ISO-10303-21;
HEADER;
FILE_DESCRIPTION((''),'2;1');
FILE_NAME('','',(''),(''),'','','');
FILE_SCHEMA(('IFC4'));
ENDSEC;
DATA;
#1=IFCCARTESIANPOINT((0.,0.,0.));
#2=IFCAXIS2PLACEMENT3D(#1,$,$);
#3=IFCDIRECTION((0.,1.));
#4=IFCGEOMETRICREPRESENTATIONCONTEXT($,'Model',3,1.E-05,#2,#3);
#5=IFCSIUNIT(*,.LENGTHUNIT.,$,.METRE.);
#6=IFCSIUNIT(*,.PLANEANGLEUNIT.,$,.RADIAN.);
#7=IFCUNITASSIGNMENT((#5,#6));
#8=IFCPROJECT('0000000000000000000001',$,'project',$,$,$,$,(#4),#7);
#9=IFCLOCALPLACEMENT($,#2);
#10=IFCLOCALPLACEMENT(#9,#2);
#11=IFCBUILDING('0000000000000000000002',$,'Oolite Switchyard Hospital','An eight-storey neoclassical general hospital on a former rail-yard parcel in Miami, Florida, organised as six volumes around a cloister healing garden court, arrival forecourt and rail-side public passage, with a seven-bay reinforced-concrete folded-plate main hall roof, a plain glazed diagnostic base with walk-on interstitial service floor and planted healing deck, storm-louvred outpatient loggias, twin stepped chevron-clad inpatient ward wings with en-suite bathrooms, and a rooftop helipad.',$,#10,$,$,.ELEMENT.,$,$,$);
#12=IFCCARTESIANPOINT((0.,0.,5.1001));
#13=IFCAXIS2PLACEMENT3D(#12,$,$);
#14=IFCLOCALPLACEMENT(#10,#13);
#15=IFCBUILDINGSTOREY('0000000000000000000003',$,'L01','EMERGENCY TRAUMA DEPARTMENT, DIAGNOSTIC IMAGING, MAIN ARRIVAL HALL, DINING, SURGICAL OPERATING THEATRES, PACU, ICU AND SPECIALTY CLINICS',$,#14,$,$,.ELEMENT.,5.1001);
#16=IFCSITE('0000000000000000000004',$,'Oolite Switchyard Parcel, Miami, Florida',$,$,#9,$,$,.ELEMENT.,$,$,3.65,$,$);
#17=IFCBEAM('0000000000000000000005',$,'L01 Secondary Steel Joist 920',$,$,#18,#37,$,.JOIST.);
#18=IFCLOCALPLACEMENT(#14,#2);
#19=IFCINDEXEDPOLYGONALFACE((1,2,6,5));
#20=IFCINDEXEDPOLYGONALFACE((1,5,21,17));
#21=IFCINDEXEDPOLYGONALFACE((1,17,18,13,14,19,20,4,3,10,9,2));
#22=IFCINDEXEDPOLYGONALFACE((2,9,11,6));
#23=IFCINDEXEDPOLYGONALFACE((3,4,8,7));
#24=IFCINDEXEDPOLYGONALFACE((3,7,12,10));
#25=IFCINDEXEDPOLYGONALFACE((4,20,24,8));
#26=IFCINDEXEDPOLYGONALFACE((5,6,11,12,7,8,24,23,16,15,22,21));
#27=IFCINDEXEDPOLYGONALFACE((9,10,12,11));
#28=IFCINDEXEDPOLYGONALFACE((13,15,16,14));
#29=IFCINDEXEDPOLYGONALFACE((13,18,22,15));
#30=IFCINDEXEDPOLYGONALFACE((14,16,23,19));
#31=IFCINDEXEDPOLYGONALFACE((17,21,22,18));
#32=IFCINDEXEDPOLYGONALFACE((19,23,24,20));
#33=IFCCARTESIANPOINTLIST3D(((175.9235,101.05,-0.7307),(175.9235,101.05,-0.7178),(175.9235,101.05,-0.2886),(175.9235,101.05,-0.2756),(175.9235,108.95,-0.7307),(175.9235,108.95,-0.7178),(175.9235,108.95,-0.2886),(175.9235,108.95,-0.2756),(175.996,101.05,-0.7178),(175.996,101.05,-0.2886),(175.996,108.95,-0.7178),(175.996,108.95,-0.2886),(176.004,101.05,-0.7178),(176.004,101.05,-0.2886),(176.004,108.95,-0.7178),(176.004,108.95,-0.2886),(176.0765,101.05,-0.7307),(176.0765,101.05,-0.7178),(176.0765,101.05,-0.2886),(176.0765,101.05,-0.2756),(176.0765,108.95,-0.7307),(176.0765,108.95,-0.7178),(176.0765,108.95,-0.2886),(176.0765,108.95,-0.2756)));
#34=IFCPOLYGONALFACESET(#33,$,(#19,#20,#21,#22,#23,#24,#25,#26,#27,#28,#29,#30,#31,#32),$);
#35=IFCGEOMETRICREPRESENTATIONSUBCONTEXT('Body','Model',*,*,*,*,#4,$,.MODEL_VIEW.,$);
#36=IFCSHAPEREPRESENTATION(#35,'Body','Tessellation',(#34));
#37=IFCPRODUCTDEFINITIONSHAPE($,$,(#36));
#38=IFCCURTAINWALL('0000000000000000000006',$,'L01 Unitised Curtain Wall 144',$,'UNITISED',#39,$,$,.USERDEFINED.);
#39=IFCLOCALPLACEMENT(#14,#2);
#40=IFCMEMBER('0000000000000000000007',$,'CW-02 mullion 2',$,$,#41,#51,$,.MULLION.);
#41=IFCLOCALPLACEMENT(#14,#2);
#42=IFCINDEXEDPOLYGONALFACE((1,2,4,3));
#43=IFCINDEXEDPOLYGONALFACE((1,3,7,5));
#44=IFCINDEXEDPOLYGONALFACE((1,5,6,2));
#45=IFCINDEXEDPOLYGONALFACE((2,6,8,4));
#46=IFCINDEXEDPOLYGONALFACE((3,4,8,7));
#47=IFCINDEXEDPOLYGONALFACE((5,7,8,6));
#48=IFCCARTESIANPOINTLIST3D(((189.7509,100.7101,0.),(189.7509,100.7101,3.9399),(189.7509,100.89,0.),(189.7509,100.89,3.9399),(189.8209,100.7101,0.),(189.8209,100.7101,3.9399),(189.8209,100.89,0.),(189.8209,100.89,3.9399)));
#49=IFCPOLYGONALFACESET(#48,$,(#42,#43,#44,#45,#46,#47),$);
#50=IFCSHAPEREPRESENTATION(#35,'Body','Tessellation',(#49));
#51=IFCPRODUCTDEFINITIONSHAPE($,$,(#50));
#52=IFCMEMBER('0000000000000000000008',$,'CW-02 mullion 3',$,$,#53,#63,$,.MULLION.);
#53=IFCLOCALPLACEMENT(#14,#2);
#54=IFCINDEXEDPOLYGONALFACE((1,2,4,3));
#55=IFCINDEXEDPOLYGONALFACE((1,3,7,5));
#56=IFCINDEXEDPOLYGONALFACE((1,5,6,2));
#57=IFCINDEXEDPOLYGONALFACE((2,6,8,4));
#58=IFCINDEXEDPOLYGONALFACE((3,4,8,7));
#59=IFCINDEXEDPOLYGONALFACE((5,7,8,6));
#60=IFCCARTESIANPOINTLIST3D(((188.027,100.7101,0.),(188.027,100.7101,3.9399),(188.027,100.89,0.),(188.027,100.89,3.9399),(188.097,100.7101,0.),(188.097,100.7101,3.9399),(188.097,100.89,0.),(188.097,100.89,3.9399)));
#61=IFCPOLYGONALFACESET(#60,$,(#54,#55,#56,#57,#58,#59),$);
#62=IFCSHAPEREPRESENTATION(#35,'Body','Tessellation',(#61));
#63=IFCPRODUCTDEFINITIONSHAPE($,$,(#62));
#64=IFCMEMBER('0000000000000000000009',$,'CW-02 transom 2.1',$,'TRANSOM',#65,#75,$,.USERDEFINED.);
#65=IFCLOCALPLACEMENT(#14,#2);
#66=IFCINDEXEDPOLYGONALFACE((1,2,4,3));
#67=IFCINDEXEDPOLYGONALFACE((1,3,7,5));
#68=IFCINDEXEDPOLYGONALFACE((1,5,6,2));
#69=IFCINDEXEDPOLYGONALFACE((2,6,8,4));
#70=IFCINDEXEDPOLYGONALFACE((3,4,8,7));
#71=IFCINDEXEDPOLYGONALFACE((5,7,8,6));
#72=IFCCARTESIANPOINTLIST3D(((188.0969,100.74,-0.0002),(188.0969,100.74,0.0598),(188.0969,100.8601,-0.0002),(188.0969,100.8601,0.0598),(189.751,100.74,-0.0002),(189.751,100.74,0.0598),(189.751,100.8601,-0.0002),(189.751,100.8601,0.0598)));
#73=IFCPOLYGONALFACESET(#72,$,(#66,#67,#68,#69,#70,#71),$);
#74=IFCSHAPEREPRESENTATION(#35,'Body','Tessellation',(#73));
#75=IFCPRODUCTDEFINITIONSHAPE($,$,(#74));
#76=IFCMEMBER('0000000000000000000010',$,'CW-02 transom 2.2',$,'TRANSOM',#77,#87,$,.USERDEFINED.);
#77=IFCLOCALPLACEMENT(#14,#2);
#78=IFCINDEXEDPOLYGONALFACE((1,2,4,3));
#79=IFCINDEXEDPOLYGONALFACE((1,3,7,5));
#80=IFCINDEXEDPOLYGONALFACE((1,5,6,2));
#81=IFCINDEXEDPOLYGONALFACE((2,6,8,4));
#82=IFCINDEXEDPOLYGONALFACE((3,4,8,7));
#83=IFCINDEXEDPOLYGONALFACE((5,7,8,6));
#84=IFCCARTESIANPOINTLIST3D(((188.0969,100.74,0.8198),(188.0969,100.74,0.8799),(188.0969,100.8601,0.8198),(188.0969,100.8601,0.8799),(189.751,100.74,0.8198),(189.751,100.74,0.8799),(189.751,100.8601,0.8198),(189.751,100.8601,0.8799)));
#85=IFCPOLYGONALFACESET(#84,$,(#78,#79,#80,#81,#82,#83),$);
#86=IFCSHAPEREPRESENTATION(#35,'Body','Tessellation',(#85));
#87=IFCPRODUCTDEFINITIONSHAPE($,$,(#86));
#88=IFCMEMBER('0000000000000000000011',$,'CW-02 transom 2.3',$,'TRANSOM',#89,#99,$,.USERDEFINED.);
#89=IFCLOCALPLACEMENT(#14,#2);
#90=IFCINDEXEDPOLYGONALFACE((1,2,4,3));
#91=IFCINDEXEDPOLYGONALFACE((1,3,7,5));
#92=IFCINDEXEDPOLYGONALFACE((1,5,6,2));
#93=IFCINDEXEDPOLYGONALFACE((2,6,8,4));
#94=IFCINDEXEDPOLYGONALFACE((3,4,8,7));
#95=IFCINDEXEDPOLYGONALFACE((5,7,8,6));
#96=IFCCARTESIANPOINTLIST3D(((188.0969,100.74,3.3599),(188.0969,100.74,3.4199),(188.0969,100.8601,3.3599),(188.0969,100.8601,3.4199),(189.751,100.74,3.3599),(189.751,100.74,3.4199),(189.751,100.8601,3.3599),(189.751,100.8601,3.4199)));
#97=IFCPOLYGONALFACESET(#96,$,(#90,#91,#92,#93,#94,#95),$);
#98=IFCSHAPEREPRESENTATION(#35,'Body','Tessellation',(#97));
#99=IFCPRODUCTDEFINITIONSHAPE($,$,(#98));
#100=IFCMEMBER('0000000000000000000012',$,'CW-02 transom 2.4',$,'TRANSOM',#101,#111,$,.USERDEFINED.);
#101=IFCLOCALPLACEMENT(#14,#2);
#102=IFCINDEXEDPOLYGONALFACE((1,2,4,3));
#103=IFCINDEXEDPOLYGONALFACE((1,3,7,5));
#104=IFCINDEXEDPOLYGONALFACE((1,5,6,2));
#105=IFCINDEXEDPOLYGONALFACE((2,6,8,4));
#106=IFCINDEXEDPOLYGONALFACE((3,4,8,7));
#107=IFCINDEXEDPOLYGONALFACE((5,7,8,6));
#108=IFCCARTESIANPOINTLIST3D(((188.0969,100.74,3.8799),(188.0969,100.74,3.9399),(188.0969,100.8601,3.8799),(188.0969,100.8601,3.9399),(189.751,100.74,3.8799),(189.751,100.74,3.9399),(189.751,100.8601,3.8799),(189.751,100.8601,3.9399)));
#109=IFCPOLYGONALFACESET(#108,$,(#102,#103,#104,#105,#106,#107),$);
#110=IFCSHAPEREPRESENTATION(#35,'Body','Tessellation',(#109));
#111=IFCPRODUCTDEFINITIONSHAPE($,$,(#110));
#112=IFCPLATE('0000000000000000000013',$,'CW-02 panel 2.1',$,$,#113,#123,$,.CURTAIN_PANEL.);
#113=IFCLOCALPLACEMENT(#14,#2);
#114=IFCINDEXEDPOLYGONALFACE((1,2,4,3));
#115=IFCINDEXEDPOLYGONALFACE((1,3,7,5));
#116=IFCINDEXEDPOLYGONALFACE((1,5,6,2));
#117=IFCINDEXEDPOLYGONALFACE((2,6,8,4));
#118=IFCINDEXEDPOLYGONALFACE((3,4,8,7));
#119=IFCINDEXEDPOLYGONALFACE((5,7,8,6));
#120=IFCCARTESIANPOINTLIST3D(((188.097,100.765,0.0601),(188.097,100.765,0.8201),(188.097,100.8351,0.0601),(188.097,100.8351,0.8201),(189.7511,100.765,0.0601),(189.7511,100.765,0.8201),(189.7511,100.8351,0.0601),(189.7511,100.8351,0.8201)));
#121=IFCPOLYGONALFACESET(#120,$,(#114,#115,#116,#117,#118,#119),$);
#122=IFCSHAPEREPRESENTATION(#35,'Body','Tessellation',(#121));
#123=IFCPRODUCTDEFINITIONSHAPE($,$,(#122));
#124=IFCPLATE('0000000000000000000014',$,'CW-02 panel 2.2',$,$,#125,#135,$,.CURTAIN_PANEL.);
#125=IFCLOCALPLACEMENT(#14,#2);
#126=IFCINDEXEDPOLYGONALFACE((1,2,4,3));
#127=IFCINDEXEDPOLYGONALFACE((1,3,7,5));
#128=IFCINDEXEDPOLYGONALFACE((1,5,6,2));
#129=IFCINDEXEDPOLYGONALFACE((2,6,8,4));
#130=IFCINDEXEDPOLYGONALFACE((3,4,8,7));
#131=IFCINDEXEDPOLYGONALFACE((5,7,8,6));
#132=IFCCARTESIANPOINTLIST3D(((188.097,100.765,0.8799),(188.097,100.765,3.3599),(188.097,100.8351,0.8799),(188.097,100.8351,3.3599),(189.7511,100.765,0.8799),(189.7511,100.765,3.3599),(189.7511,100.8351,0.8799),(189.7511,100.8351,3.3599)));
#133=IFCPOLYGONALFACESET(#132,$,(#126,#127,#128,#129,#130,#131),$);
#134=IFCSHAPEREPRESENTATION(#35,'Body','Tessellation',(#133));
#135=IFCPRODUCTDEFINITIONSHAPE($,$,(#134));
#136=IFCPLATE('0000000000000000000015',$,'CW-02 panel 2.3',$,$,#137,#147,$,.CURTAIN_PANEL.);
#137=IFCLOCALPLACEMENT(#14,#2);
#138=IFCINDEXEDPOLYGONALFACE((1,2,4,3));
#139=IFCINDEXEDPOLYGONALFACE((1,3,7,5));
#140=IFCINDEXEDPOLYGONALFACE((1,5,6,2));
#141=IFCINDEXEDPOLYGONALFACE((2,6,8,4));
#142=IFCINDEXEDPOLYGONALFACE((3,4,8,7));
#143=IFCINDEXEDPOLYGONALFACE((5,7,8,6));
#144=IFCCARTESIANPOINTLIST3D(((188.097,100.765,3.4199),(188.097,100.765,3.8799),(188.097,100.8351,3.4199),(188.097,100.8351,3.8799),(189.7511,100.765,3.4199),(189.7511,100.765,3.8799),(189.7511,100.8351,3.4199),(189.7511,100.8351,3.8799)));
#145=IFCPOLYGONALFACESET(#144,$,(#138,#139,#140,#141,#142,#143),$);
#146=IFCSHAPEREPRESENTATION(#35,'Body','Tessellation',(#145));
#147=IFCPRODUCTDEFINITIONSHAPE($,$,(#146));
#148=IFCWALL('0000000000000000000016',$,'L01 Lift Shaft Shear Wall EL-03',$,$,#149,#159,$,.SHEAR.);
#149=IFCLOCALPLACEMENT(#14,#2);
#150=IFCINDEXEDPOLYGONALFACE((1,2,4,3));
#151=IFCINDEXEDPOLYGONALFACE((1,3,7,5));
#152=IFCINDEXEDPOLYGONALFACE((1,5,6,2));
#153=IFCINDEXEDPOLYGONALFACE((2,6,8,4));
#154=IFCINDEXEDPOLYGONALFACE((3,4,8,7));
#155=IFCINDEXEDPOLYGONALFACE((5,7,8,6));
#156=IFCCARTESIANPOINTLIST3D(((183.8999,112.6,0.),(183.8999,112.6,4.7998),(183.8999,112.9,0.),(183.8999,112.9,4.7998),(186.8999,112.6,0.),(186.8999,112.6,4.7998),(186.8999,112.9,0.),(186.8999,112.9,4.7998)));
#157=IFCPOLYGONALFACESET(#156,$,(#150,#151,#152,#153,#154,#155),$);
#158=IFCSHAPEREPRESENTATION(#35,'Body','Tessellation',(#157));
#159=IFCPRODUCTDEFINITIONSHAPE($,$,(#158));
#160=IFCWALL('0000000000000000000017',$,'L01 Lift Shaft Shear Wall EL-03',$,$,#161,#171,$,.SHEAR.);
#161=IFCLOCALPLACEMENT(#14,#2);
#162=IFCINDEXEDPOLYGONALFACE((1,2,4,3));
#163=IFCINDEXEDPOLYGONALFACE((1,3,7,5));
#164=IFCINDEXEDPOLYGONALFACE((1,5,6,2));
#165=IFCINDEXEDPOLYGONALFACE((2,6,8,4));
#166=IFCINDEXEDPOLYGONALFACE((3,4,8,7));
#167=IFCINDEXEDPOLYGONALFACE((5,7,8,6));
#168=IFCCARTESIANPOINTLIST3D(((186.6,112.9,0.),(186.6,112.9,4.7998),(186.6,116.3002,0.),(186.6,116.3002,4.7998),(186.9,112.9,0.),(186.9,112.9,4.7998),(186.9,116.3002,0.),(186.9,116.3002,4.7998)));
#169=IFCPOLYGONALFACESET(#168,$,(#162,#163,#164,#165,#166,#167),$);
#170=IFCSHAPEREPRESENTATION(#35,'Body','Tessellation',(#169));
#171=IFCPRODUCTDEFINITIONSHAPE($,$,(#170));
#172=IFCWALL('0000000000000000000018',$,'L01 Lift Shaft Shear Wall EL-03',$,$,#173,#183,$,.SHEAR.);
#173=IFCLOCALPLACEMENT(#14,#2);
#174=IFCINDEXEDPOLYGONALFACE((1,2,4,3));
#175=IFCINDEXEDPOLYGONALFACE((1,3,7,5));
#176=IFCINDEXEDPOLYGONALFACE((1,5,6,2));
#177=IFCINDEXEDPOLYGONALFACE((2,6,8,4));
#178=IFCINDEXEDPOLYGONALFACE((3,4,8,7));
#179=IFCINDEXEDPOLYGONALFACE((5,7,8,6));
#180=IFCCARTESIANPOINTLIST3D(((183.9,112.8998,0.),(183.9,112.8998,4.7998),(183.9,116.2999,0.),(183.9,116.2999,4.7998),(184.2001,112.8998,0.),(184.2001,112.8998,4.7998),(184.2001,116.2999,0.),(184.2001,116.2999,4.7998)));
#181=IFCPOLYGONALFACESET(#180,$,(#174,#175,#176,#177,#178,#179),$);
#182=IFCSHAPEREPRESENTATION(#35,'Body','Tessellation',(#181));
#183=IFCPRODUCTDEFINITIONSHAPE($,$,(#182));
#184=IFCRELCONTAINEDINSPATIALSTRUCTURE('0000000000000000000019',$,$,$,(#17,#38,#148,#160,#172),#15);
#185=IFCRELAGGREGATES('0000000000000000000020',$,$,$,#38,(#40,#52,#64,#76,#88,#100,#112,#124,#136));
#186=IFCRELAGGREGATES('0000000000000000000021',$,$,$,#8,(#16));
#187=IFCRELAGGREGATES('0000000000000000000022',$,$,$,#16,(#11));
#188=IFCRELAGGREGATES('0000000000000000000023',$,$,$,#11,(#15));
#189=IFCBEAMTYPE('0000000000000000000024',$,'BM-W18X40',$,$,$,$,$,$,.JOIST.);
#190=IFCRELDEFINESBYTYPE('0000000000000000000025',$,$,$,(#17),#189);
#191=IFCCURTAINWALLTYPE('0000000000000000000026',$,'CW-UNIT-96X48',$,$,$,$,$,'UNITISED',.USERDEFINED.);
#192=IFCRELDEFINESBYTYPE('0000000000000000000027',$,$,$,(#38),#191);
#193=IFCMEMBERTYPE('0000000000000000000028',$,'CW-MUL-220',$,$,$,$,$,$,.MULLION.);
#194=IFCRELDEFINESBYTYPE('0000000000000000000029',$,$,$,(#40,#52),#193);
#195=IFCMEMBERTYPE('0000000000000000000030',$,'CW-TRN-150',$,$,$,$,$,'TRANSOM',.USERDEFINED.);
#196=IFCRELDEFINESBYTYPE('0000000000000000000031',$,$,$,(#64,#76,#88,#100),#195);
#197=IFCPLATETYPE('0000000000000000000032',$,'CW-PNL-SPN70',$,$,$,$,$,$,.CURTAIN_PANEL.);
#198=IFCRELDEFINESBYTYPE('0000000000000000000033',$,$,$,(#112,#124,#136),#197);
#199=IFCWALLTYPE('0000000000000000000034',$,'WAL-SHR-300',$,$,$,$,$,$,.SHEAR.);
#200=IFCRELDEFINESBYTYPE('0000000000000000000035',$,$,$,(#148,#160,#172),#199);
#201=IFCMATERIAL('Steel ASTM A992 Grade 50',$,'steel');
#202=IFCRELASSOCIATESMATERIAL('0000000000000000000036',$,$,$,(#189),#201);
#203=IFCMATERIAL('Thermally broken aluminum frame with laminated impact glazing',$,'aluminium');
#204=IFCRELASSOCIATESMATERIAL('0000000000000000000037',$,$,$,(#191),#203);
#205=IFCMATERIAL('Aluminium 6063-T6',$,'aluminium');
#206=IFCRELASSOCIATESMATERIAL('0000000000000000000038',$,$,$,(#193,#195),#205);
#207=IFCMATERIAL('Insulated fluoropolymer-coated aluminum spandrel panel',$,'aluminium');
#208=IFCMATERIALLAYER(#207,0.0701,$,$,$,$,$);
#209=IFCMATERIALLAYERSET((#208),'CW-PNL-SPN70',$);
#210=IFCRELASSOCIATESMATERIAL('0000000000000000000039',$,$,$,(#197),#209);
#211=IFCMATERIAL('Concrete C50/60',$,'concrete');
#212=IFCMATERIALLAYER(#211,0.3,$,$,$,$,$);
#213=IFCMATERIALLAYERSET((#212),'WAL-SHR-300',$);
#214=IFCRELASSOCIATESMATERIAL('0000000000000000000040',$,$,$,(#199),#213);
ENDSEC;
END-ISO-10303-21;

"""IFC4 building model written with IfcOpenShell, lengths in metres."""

from ifc_helpers import new_model, si_unit, direction, frame, frame_2d, origin, origin_2d, place, context, subcontext, project, spatial, rectangle, i_section, extrude, material, layer, layer_set, material_profile, profile_set, type_object, element, aggregate, save


model = new_model("IFC4")

# Units and contexts
model_context = context("Model", 3, precision=1e-05, world=origin(), true_north=direction((0.0, 1.0)))
body_context = subcontext(model_context, "Body", "Model", "MODEL_VIEW")
ifc_project = project(units=[si_unit("LENGTHUNIT", "METRE"), si_unit("PLANEANGLEUNIT", "RADIAN")], contexts=[model_context])

# Site, building, storey
site_placement = place(None, origin())
site = spatial("IfcSite", under=ifc_project, at=site_placement, Name="Oolite Switchyard Parcel, Miami, Florida", CompositionType="ELEMENT", RefElevation=3.65)
building_placement = place(site_placement, origin())
building = spatial("IfcBuilding", under=site, at=building_placement, Name="Oolite Switchyard Hospital", Description="An eight-storey neoclassical general hospital on a former rail-yard parcel in Miami, Florida, organised as six volumes around a cloister healing garden court, arrival forecourt and rail-side public passage, with a seven-bay reinforced-concrete folded-plate main hall roof, a plain glazed diagnostic base with walk-on interstitial service floor and planted healing deck, storm-louvred outpatient loggias, twin stepped chevron-clad inpatient ward wings with en-suite bathrooms, and a rooftop helipad.", CompositionType="ELEMENT")
storey_placement = place(building_placement, frame((0.0, 0.0, 5.1001)))
storey = spatial("IfcBuildingStorey", under=building, at=storey_placement, Name="L01", Description="EMERGENCY TRAUMA DEPARTMENT, DIAGNOSTIC IMAGING, MAIN ARRIVAL HALL, DINING, SURGICAL OPERATING THEATRES, PACU, ICU AND SPECIALTY CLINICS", CompositionType="ELEMENT", Elevation=5.1001)

# Shared definitions
ifc_material_1 = material(Name="Concrete C50/60", Category="concrete")

# Beam
ifc_material_2 = material(Name="Steel ASTM A992 Grade 50", Category="steel")
ifc_material_profile_1 = material_profile(ifc_material_2, i_section(OverallWidth=0.1531, OverallDepth=0.4551, WebThickness=0.0081, FlangeThickness=0.0129, at=origin_2d()), Name="W18X40")
ifc_profile_set_1 = profile_set([ifc_material_profile_1], Name="Steel ASTM A992 Grade 50")
beam_type_1 = type_object("IfcBeamType", Name="BM-W18X40", PredefinedType="JOIST", material=ifc_profile_set_1)
beam_1_placement = place(storey_placement, frame((176.0, 101.05, -0.5032), z_axis=(0.0, 1.0, 0.0), x_axis=(-1.0, 0.0, 0.0)))
element("IfcBeam", 1, at=beam_1_placement, inside=storey, type_object=beam_type_1, Name="L01 Secondary Steel Joist 920", PredefinedType="JOIST", context=body_context, shape_type="SweptSolid", body=[
    extrude(i_section(OverallWidth=0.1531, OverallDepth=0.4551, WebThickness=0.0081, FlangeThickness=0.0129, at=origin_2d()), origin(), (0.0, 0.0, 1.0), 7.8999),
])

# Curtain wall, members, plates
ifc_material_3 = material(Name="Thermally broken aluminum frame with laminated impact glazing", Category="aluminium")
curtain_wall_type = type_object("IfcCurtainWallType", Name="CW-UNIT-96X48", ElementType="UNITISED", PredefinedType="USERDEFINED", material=ifc_material_3)
curtain_wall_placement = place(storey_placement, origin())
curtain_wall = element("IfcCurtainWall", 2, at=curtain_wall_placement, inside=storey, type_object=curtain_wall_type, Name="L01 Unitised Curtain Wall 144", ObjectType="UNITISED", PredefinedType="USERDEFINED")
ifc_material_4 = material(Name="Aluminium 6063-T6", Category="aluminium")
ifc_material_profile_2 = material_profile(ifc_material_4, rectangle(XDim=0.1799, YDim=0.0701, at=origin_2d()), Name="CWM70X180")
ifc_profile_set_2 = profile_set([ifc_material_profile_2], Name="Aluminium 6063-T6")
member_type_1 = type_object("IfcMemberType", Name="CW-MUL-220", PredefinedType="MULLION", material=ifc_profile_set_2)
member_1_placement = place(storey_placement, frame((189.7859, 100.8, 0.0), z_axis=(0.0, 0.0, 1.0), x_axis=(0.0, -1.0, 0.0)))
member_1 = element("IfcMember", 3, at=member_1_placement, type_object=member_type_1, Name="CW-02 mullion 2", PredefinedType="MULLION", context=body_context, shape_type="SweptSolid", body=[
    extrude(rectangle(XDim=0.1799, YDim=0.0701, at=origin_2d()), origin(), (0.0, 0.0, 1.0), 3.9399),
])
member_2_placement = place(storey_placement, frame((188.062, 100.8, 0.0), z_axis=(0.0, 0.0, 1.0), x_axis=(0.0, -1.0, 0.0)))
member_2 = element("IfcMember", 4, at=member_2_placement, type_object=member_type_1, Name="CW-02 mullion 3", PredefinedType="MULLION", context=body_context, shape_type="SweptSolid", body=[
    extrude(rectangle(XDim=0.1799, YDim=0.0701, at=origin_2d()), origin(), (0.0, 0.0, 1.0), 3.9399),
])
ifc_material_profile_3 = material_profile(ifc_material_4, rectangle(XDim=0.1201, YDim=0.0601, at=origin_2d()), Name="CWT60X120")
ifc_profile_set_3 = profile_set([ifc_material_profile_3], Name="Aluminium 6063-T6")
member_type_2 = type_object("IfcMemberType", Name="CW-TRN-150", ElementType="TRANSOM", PredefinedType="USERDEFINED", material=ifc_profile_set_3)
member_3_placement = place(storey_placement, frame((189.751, 100.8, 0.0298), z_axis=(-1.0, 0.0, 0.0), x_axis=(0.0, -1.0, 0.0)))
member_3 = element("IfcMember", 5, at=member_3_placement, type_object=member_type_2, Name="CW-02 transom 2.1", ObjectType="TRANSOM", PredefinedType="USERDEFINED", context=body_context, shape_type="SweptSolid", body=[
    extrude(rectangle(XDim=0.1201, YDim=0.0601, at=origin_2d()), origin(), (0.0, 0.0, 1.0), 1.6541),
])
member_4_placement = place(storey_placement, frame((189.751, 100.8, 0.8499), z_axis=(-1.0, 0.0, 0.0), x_axis=(0.0, -1.0, 0.0)))
member_4 = element("IfcMember", 6, at=member_4_placement, type_object=member_type_2, Name="CW-02 transom 2.2", ObjectType="TRANSOM", PredefinedType="USERDEFINED", context=body_context, shape_type="SweptSolid", body=[
    extrude(rectangle(XDim=0.1201, YDim=0.0601, at=origin_2d()), origin(), (0.0, 0.0, 1.0), 1.6541),
])
member_5_placement = place(storey_placement, frame((189.751, 100.8, 3.3899), z_axis=(-1.0, 0.0, 0.0), x_axis=(0.0, -1.0, 0.0)))
member_5 = element("IfcMember", 7, at=member_5_placement, type_object=member_type_2, Name="CW-02 transom 2.3", ObjectType="TRANSOM", PredefinedType="USERDEFINED", context=body_context, shape_type="SweptSolid", body=[
    extrude(rectangle(XDim=0.1201, YDim=0.0601, at=origin_2d()), origin(), (0.0, 0.0, 1.0), 1.6541),
])
member_6_placement = place(storey_placement, frame((189.751, 100.8, 3.9099), z_axis=(-1.0, 0.0, 0.0), x_axis=(0.0, -1.0, 0.0)))
member_6 = element("IfcMember", 8, at=member_6_placement, type_object=member_type_2, Name="CW-02 transom 2.4", ObjectType="TRANSOM", PredefinedType="USERDEFINED", context=body_context, shape_type="SweptSolid", body=[
    extrude(rectangle(XDim=0.1201, YDim=0.0601, at=origin_2d()), origin(), (0.0, 0.0, 1.0), 1.6541),
])
ifc_material_5 = material(Name="Insulated fluoropolymer-coated aluminum spandrel panel", Category="aluminium")
ifc_layer_1 = layer(ifc_material_5, 0.0701)
ifc_layer_set_1 = layer_set([ifc_layer_1], Name="CW-PNL-SPN70")
plate_type = type_object("IfcPlateType", Name="CW-PNL-SPN70", PredefinedType="CURTAIN_PANEL", material=ifc_layer_set_1)
plate_1_placement = place(storey_placement, frame((188.9241, 100.8, 0.0601), z_axis=(0.0, 0.0, 1.0), x_axis=(-1.0, 0.0, 0.0)))
plate_1 = element("IfcPlate", 9, at=plate_1_placement, type_object=plate_type, Name="CW-02 panel 2.1", PredefinedType="CURTAIN_PANEL", context=body_context, shape_type="SweptSolid", body=[
    extrude(rectangle(XDim=1.6541, YDim=0.0701, at=origin_2d()), origin(), (0.0, 0.0, 1.0), 0.76),
])
plate_2_placement = place(storey_placement, frame((188.9241, 100.8, 0.8799), z_axis=(0.0, 0.0, 1.0), x_axis=(-1.0, 0.0, 0.0)))
plate_2 = element("IfcPlate", 10, at=plate_2_placement, type_object=plate_type, Name="CW-02 panel 2.2", PredefinedType="CURTAIN_PANEL", context=body_context, shape_type="SweptSolid", body=[
    extrude(rectangle(XDim=1.6541, YDim=0.0701, at=origin_2d()), origin(), (0.0, 0.0, 1.0), 2.48),
])
plate_3_placement = place(storey_placement, frame((188.9241, 100.8, 3.4199), z_axis=(0.0, 0.0, 1.0), x_axis=(-1.0, 0.0, 0.0)))
plate_3 = element("IfcPlate", 11, at=plate_3_placement, type_object=plate_type, Name="CW-02 panel 2.3", PredefinedType="CURTAIN_PANEL", context=body_context, shape_type="SweptSolid", body=[
    extrude(rectangle(XDim=1.6541, YDim=0.0701, at=origin_2d()), origin(), (0.0, 0.0, 1.0), 0.46),
])
aggregate(curtain_wall, [member_1, member_2, member_3, member_4, member_5, member_6, plate_1, plate_2, plate_3])

# Walls
ifc_layer_2 = layer(ifc_material_1, 0.3)
ifc_layer_set_2 = layer_set([ifc_layer_2], Name="WAL-SHR-300")
wall_type = type_object("IfcWallType", Name="WAL-SHR-300", PredefinedType="SHEAR", material=ifc_layer_set_2)
wall_1_placement = place(storey_placement, frame((183.8999, 112.75, 0.0), z_axis=(0.0, 0.0, 1.0), x_axis=(1.0, 0.0, 0.0)))
element("IfcWall", 12, at=wall_1_placement, inside=storey, type_object=wall_type, Name="L01 Lift Shaft Shear Wall EL-03", PredefinedType="SHEAR", context=body_context, shape_type="SweptSolid", body=[
    extrude(rectangle(XDim=3.0, YDim=0.3, at=frame_2d((1.5, 0.0))), origin(), (0.0, 0.0, 1.0), 4.7998),
])
for number, where, z_axis, x_axis, name in (
    (13, (186.75, 112.8999, 0.0), (0.0, 0.0, 1.0), (0.0, 1.0, 0.0), "L01 Lift Shaft Shear Wall EL-03"),
    (14, (184.05, 116.3, 0.0), (0.0, 0.0, 1.0), (0.0, -1.0, 0.0), "L01 Lift Shaft Shear Wall EL-03"),
):
    element("IfcWall", number, at=place(storey_placement, frame(where, z_axis=z_axis, x_axis=x_axis)), inside=storey, type_object=wall_type, Name=name, PredefinedType="SHEAR", context=body_context, shape_type="SweptSolid", body=[
        extrude(rectangle(XDim=3.4001, YDim=0.3, at=frame_2d((1.7002, 0.0))), origin(), (0.0, 0.0, 1.0), 4.7998),
    ])

save(model, "model.ifc")
